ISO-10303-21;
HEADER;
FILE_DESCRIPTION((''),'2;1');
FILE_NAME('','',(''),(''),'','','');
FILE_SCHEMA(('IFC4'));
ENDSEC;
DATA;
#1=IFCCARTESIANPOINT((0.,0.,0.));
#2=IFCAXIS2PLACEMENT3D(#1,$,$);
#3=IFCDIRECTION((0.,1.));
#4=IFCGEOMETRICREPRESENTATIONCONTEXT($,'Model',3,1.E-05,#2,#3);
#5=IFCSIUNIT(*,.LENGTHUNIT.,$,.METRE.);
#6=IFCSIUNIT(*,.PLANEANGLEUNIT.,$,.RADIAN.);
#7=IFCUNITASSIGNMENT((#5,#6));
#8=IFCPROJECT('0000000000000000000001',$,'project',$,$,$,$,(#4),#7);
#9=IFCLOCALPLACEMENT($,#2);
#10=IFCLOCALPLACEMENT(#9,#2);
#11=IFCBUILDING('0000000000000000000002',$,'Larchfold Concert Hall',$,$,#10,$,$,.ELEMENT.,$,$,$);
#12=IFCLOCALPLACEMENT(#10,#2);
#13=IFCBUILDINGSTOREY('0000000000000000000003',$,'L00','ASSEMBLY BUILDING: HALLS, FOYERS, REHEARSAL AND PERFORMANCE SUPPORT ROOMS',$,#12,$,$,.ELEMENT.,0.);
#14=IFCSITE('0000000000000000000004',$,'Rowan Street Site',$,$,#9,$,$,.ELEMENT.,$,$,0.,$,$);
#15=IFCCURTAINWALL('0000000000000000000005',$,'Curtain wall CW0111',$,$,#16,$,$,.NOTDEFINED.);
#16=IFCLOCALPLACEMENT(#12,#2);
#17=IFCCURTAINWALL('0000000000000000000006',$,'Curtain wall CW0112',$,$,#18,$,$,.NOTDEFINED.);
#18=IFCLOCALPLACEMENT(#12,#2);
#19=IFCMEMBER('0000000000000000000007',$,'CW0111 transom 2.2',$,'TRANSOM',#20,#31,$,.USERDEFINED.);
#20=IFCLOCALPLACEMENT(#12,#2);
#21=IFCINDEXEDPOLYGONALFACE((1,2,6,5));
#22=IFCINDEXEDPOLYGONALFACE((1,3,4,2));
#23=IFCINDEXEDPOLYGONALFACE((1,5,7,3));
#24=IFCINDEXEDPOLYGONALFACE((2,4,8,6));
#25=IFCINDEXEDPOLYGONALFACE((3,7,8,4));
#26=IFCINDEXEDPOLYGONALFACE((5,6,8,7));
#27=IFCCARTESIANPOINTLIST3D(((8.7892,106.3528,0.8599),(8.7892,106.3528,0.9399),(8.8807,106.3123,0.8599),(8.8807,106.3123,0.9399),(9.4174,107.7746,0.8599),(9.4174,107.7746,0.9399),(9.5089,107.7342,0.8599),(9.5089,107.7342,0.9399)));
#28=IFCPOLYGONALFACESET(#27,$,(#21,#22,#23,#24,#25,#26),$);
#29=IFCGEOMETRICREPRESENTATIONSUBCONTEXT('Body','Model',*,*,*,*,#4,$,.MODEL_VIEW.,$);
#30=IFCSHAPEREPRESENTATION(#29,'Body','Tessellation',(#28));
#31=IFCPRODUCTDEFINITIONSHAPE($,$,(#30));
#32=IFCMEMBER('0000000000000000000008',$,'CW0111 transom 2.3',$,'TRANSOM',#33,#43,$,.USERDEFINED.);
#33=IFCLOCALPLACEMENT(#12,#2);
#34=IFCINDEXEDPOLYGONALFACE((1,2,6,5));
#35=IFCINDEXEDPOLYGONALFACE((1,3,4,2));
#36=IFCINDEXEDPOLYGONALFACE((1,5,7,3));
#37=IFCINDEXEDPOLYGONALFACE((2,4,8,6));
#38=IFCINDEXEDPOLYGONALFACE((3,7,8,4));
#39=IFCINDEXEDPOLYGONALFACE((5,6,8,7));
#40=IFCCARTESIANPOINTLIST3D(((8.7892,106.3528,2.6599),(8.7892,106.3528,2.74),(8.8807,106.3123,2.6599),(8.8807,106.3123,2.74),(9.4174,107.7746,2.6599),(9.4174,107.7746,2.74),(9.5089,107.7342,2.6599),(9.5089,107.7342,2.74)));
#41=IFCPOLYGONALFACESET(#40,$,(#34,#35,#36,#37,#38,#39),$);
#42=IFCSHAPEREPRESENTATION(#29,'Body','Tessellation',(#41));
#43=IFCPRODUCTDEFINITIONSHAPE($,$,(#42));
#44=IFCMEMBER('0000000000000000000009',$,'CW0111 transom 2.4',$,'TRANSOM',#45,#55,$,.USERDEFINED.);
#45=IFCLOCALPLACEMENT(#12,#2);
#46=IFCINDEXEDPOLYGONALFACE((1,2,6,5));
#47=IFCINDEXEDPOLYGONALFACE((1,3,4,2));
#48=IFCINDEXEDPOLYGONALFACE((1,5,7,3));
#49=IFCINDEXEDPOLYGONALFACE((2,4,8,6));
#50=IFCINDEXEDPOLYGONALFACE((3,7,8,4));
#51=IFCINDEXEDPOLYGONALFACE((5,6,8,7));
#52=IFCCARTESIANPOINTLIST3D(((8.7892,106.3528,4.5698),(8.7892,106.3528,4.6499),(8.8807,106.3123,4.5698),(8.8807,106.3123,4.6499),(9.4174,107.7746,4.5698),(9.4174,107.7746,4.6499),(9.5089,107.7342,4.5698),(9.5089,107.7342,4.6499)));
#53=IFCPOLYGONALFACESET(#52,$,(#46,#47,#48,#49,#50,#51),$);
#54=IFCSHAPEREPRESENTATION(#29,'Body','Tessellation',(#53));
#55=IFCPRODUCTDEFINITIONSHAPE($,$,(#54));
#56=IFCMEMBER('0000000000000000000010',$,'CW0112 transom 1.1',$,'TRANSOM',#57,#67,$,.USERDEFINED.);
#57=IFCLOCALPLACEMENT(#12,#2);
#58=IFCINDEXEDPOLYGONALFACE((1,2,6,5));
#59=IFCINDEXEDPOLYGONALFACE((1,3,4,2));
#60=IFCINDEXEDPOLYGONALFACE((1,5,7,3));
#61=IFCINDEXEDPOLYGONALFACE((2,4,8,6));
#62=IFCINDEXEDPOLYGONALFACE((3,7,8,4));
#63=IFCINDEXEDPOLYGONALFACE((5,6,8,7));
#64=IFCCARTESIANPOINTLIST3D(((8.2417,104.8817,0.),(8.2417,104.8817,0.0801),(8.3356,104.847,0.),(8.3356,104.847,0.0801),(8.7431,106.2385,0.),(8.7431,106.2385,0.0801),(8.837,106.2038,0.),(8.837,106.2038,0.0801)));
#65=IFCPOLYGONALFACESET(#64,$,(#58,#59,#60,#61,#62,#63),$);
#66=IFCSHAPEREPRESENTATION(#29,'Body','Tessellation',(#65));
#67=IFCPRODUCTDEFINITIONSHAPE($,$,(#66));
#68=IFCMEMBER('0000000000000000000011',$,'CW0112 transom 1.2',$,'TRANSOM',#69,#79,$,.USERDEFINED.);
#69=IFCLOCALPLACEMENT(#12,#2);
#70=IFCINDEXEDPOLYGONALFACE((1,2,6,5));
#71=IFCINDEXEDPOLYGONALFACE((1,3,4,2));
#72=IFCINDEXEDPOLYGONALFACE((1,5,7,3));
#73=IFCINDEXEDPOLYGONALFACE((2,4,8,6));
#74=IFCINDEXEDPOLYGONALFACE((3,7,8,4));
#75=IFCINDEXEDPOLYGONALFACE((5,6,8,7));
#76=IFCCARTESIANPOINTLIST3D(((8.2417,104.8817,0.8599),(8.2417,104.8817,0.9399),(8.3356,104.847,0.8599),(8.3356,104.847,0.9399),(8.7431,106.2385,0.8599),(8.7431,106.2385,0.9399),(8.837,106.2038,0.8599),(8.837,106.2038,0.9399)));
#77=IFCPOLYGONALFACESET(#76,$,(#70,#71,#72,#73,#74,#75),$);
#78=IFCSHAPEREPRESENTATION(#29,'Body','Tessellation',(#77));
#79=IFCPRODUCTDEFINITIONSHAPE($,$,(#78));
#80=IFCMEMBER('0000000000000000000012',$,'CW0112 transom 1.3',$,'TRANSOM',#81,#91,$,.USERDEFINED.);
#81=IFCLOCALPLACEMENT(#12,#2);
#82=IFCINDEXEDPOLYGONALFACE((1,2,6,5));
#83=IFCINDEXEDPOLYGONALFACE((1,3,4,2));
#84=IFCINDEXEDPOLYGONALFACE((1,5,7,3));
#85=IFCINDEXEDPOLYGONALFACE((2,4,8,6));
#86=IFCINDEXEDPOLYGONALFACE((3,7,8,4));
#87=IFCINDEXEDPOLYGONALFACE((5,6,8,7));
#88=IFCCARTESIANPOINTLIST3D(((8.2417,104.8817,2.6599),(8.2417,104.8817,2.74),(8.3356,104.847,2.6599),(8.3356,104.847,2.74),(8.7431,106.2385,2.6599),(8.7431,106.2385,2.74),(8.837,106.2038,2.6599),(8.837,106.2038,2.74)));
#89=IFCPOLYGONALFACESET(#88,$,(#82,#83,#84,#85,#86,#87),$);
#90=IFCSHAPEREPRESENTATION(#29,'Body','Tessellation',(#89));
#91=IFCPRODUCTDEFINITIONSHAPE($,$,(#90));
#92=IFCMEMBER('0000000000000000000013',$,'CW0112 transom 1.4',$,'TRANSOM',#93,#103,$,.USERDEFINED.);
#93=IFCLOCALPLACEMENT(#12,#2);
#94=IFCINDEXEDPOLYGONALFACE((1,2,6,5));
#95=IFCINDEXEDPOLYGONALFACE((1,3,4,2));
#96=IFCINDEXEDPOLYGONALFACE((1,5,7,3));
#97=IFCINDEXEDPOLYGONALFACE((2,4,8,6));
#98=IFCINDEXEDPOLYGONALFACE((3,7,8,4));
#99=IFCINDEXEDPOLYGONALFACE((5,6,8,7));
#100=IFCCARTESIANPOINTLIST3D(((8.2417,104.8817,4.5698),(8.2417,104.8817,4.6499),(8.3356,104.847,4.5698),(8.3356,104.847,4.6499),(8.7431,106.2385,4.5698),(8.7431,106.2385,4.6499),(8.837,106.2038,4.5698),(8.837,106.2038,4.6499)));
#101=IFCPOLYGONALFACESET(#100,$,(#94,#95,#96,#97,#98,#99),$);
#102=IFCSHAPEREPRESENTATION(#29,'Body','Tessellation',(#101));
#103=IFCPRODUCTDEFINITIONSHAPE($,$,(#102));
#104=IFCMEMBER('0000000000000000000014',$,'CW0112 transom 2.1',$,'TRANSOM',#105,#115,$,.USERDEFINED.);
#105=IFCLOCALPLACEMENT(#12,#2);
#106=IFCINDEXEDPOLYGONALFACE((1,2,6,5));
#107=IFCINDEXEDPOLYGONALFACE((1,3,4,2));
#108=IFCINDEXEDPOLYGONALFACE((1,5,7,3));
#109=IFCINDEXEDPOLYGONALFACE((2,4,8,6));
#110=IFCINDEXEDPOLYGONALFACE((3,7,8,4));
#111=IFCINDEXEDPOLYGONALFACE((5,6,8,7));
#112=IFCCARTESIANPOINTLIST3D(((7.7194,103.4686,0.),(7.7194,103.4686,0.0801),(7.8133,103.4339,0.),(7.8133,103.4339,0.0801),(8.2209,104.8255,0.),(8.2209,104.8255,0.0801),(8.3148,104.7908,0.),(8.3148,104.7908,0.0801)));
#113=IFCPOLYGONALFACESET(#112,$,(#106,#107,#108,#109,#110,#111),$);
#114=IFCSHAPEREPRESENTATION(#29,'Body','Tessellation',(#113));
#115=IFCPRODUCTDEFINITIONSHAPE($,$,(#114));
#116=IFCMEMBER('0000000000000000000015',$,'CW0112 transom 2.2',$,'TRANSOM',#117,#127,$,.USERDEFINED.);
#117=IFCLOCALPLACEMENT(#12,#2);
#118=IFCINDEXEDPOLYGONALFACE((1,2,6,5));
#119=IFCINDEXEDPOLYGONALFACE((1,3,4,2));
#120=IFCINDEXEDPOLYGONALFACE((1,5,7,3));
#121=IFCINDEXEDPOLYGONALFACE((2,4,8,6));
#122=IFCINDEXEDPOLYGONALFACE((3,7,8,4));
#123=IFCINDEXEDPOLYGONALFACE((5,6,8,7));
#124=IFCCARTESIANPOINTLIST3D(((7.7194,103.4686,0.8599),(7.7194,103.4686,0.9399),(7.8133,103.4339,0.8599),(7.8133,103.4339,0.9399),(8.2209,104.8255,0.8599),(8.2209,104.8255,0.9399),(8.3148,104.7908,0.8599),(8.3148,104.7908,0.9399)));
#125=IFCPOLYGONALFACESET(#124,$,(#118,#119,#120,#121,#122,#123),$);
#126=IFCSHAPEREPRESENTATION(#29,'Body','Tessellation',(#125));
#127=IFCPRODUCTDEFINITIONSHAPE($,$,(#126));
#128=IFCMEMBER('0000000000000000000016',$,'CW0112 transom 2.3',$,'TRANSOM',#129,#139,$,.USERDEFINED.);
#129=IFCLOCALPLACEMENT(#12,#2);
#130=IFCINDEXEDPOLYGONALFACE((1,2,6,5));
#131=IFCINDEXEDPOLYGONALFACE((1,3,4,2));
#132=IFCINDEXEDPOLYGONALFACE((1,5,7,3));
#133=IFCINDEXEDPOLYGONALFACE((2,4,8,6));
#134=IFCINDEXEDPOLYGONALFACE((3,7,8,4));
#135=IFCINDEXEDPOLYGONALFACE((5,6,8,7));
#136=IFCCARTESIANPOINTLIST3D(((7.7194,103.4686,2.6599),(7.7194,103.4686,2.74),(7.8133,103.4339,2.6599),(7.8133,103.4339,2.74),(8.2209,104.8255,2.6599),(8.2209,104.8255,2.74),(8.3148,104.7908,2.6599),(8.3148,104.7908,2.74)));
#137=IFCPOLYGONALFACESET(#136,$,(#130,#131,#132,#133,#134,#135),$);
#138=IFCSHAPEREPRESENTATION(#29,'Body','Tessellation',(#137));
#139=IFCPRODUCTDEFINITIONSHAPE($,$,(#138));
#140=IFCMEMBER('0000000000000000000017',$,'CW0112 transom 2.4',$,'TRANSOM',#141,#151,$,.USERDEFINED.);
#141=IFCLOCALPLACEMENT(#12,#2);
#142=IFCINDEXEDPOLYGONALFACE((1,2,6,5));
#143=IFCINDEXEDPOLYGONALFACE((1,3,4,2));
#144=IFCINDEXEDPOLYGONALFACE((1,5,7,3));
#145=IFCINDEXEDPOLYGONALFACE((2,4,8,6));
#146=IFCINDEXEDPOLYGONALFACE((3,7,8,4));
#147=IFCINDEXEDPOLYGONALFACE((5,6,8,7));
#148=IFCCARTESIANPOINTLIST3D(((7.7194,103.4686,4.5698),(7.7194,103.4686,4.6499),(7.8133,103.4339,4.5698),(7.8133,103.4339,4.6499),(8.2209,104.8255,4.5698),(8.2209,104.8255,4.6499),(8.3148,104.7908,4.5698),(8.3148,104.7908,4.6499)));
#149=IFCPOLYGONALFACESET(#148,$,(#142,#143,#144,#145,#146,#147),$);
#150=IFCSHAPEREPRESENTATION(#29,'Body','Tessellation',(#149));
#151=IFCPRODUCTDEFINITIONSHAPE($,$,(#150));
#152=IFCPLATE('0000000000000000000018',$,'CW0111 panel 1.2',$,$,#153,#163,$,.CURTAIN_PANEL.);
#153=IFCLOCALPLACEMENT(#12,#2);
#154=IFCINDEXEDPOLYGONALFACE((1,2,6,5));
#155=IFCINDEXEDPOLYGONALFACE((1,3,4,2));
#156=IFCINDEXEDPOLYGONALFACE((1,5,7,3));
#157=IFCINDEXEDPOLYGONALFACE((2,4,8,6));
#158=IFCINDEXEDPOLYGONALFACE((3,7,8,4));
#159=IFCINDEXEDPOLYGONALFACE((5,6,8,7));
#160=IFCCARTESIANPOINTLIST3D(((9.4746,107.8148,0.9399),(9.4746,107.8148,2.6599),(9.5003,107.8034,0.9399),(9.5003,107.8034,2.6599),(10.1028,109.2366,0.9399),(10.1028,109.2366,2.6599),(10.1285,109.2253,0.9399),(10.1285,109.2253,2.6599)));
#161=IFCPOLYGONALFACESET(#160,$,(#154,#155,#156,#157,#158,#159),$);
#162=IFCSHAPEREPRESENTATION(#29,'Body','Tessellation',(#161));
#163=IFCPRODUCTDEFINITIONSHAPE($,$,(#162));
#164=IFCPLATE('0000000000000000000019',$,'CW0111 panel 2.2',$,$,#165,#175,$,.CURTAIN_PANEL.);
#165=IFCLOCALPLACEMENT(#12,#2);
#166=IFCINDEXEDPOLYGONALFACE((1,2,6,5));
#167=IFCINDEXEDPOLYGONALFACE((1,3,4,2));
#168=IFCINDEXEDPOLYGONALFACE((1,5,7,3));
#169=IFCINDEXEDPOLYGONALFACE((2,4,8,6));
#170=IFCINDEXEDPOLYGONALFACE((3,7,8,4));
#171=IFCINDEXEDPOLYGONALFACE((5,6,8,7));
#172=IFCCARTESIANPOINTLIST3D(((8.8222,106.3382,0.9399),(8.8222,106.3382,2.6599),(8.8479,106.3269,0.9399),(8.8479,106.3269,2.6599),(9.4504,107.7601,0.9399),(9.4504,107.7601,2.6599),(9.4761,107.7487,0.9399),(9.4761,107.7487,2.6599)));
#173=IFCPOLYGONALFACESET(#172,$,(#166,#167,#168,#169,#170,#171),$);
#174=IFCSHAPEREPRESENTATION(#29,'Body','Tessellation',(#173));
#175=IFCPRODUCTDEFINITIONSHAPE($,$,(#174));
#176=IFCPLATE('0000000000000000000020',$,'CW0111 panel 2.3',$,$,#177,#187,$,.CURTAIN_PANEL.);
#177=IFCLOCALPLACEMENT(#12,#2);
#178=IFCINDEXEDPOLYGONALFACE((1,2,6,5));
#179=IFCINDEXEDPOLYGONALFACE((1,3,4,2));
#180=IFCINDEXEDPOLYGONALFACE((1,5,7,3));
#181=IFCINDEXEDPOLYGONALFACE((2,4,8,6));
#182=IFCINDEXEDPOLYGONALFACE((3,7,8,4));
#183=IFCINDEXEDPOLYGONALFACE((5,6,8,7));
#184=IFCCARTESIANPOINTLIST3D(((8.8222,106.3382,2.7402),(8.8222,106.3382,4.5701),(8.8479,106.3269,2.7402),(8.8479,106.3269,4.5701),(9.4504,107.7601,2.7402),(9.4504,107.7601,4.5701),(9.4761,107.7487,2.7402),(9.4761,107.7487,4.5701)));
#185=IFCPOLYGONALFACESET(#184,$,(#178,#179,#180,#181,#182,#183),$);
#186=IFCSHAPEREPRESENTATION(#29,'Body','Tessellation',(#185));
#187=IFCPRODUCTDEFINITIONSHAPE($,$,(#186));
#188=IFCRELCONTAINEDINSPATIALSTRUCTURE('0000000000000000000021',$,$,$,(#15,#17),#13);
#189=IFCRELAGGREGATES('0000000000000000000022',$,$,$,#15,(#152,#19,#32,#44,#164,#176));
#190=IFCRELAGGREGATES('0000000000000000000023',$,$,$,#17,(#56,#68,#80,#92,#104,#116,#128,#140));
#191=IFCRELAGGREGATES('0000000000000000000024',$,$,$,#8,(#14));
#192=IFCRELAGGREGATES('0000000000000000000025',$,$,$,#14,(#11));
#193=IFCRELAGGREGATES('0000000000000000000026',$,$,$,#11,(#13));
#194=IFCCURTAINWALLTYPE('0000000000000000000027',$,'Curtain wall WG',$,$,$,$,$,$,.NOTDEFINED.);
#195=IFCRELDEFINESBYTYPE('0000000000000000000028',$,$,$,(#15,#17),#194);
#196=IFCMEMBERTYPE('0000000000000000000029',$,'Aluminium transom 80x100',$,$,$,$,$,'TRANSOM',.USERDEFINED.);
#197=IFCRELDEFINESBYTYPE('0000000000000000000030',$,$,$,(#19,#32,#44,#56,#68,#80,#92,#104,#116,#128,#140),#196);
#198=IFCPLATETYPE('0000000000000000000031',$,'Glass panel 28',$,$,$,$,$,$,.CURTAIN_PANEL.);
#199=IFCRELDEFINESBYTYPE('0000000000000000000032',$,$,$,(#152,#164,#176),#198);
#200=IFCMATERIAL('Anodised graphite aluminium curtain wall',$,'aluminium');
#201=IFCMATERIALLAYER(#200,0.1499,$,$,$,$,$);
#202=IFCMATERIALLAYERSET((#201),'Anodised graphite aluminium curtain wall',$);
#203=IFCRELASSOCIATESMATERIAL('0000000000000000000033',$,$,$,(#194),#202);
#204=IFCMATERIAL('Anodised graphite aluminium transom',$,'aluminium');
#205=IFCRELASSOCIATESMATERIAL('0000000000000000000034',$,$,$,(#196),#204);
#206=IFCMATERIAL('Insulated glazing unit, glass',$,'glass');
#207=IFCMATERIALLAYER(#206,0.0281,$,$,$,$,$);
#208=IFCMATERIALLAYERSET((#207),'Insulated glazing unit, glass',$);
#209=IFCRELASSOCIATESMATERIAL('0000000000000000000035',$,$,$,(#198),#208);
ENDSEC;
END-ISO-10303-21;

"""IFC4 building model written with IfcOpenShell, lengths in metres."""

from ifc_helpers import new_model, si_unit, direction, frame, origin, origin_2d, place, context, subcontext, project, spatial, rectangle, extrude, material, layer, layer_set, material_profile, profile_set, type_object, element, aggregate, save


model = new_model("IFC4")

# Units and contexts
model_context = context("Model", 3, precision=1e-05, world=origin(), true_north=direction((0.0, 1.0)))
body_context = subcontext(model_context, "Body", "Model", "MODEL_VIEW")
ifc_project = project(units=[si_unit("LENGTHUNIT", "METRE"), si_unit("PLANEANGLEUNIT", "RADIAN")], contexts=[model_context])

# Site, building, storey
site_placement = place(None, origin())
site = spatial("IfcSite", under=ifc_project, at=site_placement, Name="Rowan Street Site", CompositionType="ELEMENT", RefElevation=0.0)
building_placement = place(site_placement, origin())
building = spatial("IfcBuilding", under=site, at=building_placement, Name="Larchfold Concert Hall", CompositionType="ELEMENT")
storey_placement = place(building_placement, origin())
storey = spatial("IfcBuildingStorey", under=building, at=storey_placement, Name="L00", Description="ASSEMBLY BUILDING: HALLS, FOYERS, REHEARSAL AND PERFORMANCE SUPPORT ROOMS", CompositionType="ELEMENT", Elevation=0.0)

# Curtain walls
ifc_material_1 = material(Name="Anodised graphite aluminium curtain wall", Category="aluminium")
ifc_layer_1 = layer(ifc_material_1, 0.1499)
ifc_layer_set_1 = layer_set([ifc_layer_1], Name="Anodised graphite aluminium curtain wall")
curtain_wall_type = type_object("IfcCurtainWallType", Name="Curtain wall WG", PredefinedType="NOTDEFINED", material=ifc_layer_set_1)
curtain_wall_1_placement = place(storey_placement, origin())
curtain_wall_1 = element("IfcCurtainWall", 1, at=curtain_wall_1_placement, inside=storey, type_object=curtain_wall_type, Name="Curtain wall CW0111", PredefinedType="NOTDEFINED")
curtain_wall_2_placement = place(storey_placement, origin())
curtain_wall_2 = element("IfcCurtainWall", 2, at=curtain_wall_2_placement, inside=storey, type_object=curtain_wall_type, Name="Curtain wall CW0112", PredefinedType="NOTDEFINED")

# Members
ifc_material_2 = material(Name="Anodised graphite aluminium transom", Category="aluminium")
ifc_material_profile_1 = material_profile(ifc_material_2, rectangle(XDim=0.1001, YDim=0.0801, at=origin_2d()))
ifc_profile_set_1 = profile_set([ifc_material_profile_1], Name="Anodised graphite aluminium transom")
member_type_1 = type_object("IfcMemberType", Name="Aluminium transom 80x100", ElementType="TRANSOM", PredefinedType="USERDEFINED", material=ifc_profile_set_1)
member_1_placement = place(storey_placement, frame((9.4631, 107.7544, 0.8999), z_axis=(-0.404112, -0.91471, 0.0), x_axis=(0.91471, -0.404112, 0.0)))
member_1 = element("IfcMember", 3, at=member_1_placement, type_object=member_type_1, Name="CW0111 transom 2.2", ObjectType="TRANSOM", PredefinedType="USERDEFINED", context=body_context, shape_type="SweptSolid", body=[
    extrude(rectangle(XDim=0.1001, YDim=0.0801, at=origin_2d()), origin(), (0.0, 0.0, 1.0), 1.5544),
])
member_2_placement = place(storey_placement, frame((9.4631, 107.7544, 2.7), z_axis=(-0.404112, -0.91471, 0.0), x_axis=(0.91471, -0.404112, 0.0)))
member_2 = element("IfcMember", 4, at=member_2_placement, type_object=member_type_1, Name="CW0111 transom 2.3", ObjectType="TRANSOM", PredefinedType="USERDEFINED", context=body_context, shape_type="SweptSolid", body=[
    extrude(rectangle(XDim=0.1001, YDim=0.0801, at=origin_2d()), origin(), (0.0, 0.0, 1.0), 1.5544),
])
member_3_placement = place(storey_placement, frame((9.4631, 107.7544, 4.6099), z_axis=(-0.404112, -0.91471, 0.0), x_axis=(0.91471, -0.404112, 0.0)))
member_3 = element("IfcMember", 5, at=member_3_placement, type_object=member_type_1, Name="CW0111 transom 2.4", ObjectType="TRANSOM", PredefinedType="USERDEFINED", context=body_context, shape_type="SweptSolid", body=[
    extrude(rectangle(XDim=0.1001, YDim=0.0801, at=origin_2d()), origin(), (0.0, 0.0, 1.0), 1.5544),
])
member_4_placement = place(storey_placement, frame((8.79, 106.2212, 0.04), z_axis=(-0.346644, -0.937997, 0.0), x_axis=(0.937997, -0.346644, 0.0)))
member_4 = element("IfcMember", 6, at=member_4_placement, type_object=member_type_1, Name="CW0112 transom 1.1", ObjectType="TRANSOM", PredefinedType="USERDEFINED", context=body_context, shape_type="SweptSolid", body=[
    extrude(rectangle(XDim=0.1001, YDim=0.0801, at=origin_2d()), origin(), (0.0, 0.0, 1.0), 1.4465),
])
member_5_placement = place(storey_placement, frame((8.79, 106.2212, 0.8999), z_axis=(-0.346644, -0.937997, 0.0), x_axis=(0.937997, -0.346644, 0.0)))
member_5 = element("IfcMember", 7, at=member_5_placement, type_object=member_type_1, Name="CW0112 transom 1.2", ObjectType="TRANSOM", PredefinedType="USERDEFINED", context=body_context, shape_type="SweptSolid", body=[
    extrude(rectangle(XDim=0.1001, YDim=0.0801, at=origin_2d()), origin(), (0.0, 0.0, 1.0), 1.4465),
])
member_6_placement = place(storey_placement, frame((8.79, 106.2212, 2.7), z_axis=(-0.346644, -0.937997, 0.0), x_axis=(0.937997, -0.346644, 0.0)))
member_6 = element("IfcMember", 8, at=member_6_placement, type_object=member_type_1, Name="CW0112 transom 1.3", ObjectType="TRANSOM", PredefinedType="USERDEFINED", context=body_context, shape_type="SweptSolid", body=[
    extrude(rectangle(XDim=0.1001, YDim=0.0801, at=origin_2d()), origin(), (0.0, 0.0, 1.0), 1.4465),
])
member_7_placement = place(storey_placement, frame((8.79, 106.2212, 4.6099), z_axis=(-0.346644, -0.937997, 0.0), x_axis=(0.937997, -0.346644, 0.0)))
member_7 = element("IfcMember", 9, at=member_7_placement, type_object=member_type_1, Name="CW0112 transom 1.4", ObjectType="TRANSOM", PredefinedType="USERDEFINED", context=body_context, shape_type="SweptSolid", body=[
    extrude(rectangle(XDim=0.1001, YDim=0.0801, at=origin_2d()), origin(), (0.0, 0.0, 1.0), 1.4465),
])
member_8_placement = place(storey_placement, frame((8.2678, 104.8081, 0.04), z_axis=(-0.346644, -0.937997, 0.0), x_axis=(0.937997, -0.346644, 0.0)))
member_8 = element("IfcMember", 10, at=member_8_placement, type_object=member_type_1, Name="CW0112 transom 2.1", ObjectType="TRANSOM", PredefinedType="USERDEFINED", context=body_context, shape_type="SweptSolid", body=[
    extrude(rectangle(XDim=0.1001, YDim=0.0801, at=origin_2d()), origin(), (0.0, 0.0, 1.0), 1.4465),
])
member_9_placement = place(storey_placement, frame((8.2678, 104.8081, 0.8999), z_axis=(-0.346644, -0.937997, 0.0), x_axis=(0.937997, -0.346644, 0.0)))
member_9 = element("IfcMember", 11, at=member_9_placement, type_object=member_type_1, Name="CW0112 transom 2.2", ObjectType="TRANSOM", PredefinedType="USERDEFINED", context=body_context, shape_type="SweptSolid", body=[
    extrude(rectangle(XDim=0.1001, YDim=0.0801, at=origin_2d()), origin(), (0.0, 0.0, 1.0), 1.4465),
])
member_10_placement = place(storey_placement, frame((8.2678, 104.8081, 2.7), z_axis=(-0.346644, -0.937997, 0.0), x_axis=(0.937997, -0.346644, 0.0)))
member_10 = element("IfcMember", 12, at=member_10_placement, type_object=member_type_1, Name="CW0112 transom 2.3", ObjectType="TRANSOM", PredefinedType="USERDEFINED", context=body_context, shape_type="SweptSolid", body=[
    extrude(rectangle(XDim=0.1001, YDim=0.0801, at=origin_2d()), origin(), (0.0, 0.0, 1.0), 1.4465),
])
member_11_placement = place(storey_placement, frame((8.2678, 104.8081, 4.6099), z_axis=(-0.346644, -0.937997, 0.0), x_axis=(0.937997, -0.346644, 0.0)))
member_11 = element("IfcMember", 13, at=member_11_placement, type_object=member_type_1, Name="CW0112 transom 2.4", ObjectType="TRANSOM", PredefinedType="USERDEFINED", context=body_context, shape_type="SweptSolid", body=[
    extrude(rectangle(XDim=0.1001, YDim=0.0801, at=origin_2d()), origin(), (0.0, 0.0, 1.0), 1.4465),
])

# Plates
ifc_material_3 = material(Name="Insulated glazing unit, glass", Category="glass")
ifc_layer_2 = layer(ifc_material_3, 0.0281)
ifc_layer_set_2 = layer_set([ifc_layer_2], Name="Insulated glazing unit, glass")
plate_type_1 = type_object("IfcPlateType", Name="Glass panel 28", PredefinedType="CURTAIN_PANEL", material=ifc_layer_set_2)
plate_1_placement = place(storey_placement, frame((9.8015, 108.52, 0.9399), z_axis=(0.0, 0.0, 1.0), x_axis=(-0.404126, -0.914703, 0.0)))
plate_1 = element("IfcPlate", 14, at=plate_1_placement, type_object=plate_type_1, Name="CW0111 panel 1.2", PredefinedType="CURTAIN_PANEL", context=body_context, shape_type="SweptSolid", body=[
    extrude(rectangle(XDim=1.5544, YDim=0.0281, at=origin_2d()), origin(), (0.0, 0.0, 1.0), 1.72),
])
plate_2_placement = place(storey_placement, frame((9.1492, 107.0435, 0.9399), z_axis=(0.0, 0.0, 1.0), x_axis=(-0.404126, -0.914703, 0.0)))
plate_2 = element("IfcPlate", 15, at=plate_2_placement, type_object=plate_type_1, Name="CW0111 panel 2.2", PredefinedType="CURTAIN_PANEL", context=body_context, shape_type="SweptSolid", body=[
    extrude(rectangle(XDim=1.5544, YDim=0.0281, at=origin_2d()), origin(), (0.0, 0.0, 1.0), 1.72),
])
plate_3_placement = place(storey_placement, frame((9.1492, 107.0435, 2.7402), z_axis=(0.0, 0.0, 1.0), x_axis=(-0.404126, -0.914703, 0.0)))
plate_3 = element("IfcPlate", 16, at=plate_3_placement, type_object=plate_type_1, Name="CW0111 panel 2.3", PredefinedType="CURTAIN_PANEL", context=body_context, shape_type="SweptSolid", body=[
    extrude(rectangle(XDim=1.5544, YDim=0.0281, at=origin_2d()), origin(), (0.0, 0.0, 1.0), 1.8298),
])
aggregate(curtain_wall_1, [plate_1, member_1, member_2, member_3, plate_2, plate_3])
aggregate(curtain_wall_2, [member_4, member_5, member_6, member_7, member_8, member_9, member_10, member_11])

save(model, "model.ifc")
